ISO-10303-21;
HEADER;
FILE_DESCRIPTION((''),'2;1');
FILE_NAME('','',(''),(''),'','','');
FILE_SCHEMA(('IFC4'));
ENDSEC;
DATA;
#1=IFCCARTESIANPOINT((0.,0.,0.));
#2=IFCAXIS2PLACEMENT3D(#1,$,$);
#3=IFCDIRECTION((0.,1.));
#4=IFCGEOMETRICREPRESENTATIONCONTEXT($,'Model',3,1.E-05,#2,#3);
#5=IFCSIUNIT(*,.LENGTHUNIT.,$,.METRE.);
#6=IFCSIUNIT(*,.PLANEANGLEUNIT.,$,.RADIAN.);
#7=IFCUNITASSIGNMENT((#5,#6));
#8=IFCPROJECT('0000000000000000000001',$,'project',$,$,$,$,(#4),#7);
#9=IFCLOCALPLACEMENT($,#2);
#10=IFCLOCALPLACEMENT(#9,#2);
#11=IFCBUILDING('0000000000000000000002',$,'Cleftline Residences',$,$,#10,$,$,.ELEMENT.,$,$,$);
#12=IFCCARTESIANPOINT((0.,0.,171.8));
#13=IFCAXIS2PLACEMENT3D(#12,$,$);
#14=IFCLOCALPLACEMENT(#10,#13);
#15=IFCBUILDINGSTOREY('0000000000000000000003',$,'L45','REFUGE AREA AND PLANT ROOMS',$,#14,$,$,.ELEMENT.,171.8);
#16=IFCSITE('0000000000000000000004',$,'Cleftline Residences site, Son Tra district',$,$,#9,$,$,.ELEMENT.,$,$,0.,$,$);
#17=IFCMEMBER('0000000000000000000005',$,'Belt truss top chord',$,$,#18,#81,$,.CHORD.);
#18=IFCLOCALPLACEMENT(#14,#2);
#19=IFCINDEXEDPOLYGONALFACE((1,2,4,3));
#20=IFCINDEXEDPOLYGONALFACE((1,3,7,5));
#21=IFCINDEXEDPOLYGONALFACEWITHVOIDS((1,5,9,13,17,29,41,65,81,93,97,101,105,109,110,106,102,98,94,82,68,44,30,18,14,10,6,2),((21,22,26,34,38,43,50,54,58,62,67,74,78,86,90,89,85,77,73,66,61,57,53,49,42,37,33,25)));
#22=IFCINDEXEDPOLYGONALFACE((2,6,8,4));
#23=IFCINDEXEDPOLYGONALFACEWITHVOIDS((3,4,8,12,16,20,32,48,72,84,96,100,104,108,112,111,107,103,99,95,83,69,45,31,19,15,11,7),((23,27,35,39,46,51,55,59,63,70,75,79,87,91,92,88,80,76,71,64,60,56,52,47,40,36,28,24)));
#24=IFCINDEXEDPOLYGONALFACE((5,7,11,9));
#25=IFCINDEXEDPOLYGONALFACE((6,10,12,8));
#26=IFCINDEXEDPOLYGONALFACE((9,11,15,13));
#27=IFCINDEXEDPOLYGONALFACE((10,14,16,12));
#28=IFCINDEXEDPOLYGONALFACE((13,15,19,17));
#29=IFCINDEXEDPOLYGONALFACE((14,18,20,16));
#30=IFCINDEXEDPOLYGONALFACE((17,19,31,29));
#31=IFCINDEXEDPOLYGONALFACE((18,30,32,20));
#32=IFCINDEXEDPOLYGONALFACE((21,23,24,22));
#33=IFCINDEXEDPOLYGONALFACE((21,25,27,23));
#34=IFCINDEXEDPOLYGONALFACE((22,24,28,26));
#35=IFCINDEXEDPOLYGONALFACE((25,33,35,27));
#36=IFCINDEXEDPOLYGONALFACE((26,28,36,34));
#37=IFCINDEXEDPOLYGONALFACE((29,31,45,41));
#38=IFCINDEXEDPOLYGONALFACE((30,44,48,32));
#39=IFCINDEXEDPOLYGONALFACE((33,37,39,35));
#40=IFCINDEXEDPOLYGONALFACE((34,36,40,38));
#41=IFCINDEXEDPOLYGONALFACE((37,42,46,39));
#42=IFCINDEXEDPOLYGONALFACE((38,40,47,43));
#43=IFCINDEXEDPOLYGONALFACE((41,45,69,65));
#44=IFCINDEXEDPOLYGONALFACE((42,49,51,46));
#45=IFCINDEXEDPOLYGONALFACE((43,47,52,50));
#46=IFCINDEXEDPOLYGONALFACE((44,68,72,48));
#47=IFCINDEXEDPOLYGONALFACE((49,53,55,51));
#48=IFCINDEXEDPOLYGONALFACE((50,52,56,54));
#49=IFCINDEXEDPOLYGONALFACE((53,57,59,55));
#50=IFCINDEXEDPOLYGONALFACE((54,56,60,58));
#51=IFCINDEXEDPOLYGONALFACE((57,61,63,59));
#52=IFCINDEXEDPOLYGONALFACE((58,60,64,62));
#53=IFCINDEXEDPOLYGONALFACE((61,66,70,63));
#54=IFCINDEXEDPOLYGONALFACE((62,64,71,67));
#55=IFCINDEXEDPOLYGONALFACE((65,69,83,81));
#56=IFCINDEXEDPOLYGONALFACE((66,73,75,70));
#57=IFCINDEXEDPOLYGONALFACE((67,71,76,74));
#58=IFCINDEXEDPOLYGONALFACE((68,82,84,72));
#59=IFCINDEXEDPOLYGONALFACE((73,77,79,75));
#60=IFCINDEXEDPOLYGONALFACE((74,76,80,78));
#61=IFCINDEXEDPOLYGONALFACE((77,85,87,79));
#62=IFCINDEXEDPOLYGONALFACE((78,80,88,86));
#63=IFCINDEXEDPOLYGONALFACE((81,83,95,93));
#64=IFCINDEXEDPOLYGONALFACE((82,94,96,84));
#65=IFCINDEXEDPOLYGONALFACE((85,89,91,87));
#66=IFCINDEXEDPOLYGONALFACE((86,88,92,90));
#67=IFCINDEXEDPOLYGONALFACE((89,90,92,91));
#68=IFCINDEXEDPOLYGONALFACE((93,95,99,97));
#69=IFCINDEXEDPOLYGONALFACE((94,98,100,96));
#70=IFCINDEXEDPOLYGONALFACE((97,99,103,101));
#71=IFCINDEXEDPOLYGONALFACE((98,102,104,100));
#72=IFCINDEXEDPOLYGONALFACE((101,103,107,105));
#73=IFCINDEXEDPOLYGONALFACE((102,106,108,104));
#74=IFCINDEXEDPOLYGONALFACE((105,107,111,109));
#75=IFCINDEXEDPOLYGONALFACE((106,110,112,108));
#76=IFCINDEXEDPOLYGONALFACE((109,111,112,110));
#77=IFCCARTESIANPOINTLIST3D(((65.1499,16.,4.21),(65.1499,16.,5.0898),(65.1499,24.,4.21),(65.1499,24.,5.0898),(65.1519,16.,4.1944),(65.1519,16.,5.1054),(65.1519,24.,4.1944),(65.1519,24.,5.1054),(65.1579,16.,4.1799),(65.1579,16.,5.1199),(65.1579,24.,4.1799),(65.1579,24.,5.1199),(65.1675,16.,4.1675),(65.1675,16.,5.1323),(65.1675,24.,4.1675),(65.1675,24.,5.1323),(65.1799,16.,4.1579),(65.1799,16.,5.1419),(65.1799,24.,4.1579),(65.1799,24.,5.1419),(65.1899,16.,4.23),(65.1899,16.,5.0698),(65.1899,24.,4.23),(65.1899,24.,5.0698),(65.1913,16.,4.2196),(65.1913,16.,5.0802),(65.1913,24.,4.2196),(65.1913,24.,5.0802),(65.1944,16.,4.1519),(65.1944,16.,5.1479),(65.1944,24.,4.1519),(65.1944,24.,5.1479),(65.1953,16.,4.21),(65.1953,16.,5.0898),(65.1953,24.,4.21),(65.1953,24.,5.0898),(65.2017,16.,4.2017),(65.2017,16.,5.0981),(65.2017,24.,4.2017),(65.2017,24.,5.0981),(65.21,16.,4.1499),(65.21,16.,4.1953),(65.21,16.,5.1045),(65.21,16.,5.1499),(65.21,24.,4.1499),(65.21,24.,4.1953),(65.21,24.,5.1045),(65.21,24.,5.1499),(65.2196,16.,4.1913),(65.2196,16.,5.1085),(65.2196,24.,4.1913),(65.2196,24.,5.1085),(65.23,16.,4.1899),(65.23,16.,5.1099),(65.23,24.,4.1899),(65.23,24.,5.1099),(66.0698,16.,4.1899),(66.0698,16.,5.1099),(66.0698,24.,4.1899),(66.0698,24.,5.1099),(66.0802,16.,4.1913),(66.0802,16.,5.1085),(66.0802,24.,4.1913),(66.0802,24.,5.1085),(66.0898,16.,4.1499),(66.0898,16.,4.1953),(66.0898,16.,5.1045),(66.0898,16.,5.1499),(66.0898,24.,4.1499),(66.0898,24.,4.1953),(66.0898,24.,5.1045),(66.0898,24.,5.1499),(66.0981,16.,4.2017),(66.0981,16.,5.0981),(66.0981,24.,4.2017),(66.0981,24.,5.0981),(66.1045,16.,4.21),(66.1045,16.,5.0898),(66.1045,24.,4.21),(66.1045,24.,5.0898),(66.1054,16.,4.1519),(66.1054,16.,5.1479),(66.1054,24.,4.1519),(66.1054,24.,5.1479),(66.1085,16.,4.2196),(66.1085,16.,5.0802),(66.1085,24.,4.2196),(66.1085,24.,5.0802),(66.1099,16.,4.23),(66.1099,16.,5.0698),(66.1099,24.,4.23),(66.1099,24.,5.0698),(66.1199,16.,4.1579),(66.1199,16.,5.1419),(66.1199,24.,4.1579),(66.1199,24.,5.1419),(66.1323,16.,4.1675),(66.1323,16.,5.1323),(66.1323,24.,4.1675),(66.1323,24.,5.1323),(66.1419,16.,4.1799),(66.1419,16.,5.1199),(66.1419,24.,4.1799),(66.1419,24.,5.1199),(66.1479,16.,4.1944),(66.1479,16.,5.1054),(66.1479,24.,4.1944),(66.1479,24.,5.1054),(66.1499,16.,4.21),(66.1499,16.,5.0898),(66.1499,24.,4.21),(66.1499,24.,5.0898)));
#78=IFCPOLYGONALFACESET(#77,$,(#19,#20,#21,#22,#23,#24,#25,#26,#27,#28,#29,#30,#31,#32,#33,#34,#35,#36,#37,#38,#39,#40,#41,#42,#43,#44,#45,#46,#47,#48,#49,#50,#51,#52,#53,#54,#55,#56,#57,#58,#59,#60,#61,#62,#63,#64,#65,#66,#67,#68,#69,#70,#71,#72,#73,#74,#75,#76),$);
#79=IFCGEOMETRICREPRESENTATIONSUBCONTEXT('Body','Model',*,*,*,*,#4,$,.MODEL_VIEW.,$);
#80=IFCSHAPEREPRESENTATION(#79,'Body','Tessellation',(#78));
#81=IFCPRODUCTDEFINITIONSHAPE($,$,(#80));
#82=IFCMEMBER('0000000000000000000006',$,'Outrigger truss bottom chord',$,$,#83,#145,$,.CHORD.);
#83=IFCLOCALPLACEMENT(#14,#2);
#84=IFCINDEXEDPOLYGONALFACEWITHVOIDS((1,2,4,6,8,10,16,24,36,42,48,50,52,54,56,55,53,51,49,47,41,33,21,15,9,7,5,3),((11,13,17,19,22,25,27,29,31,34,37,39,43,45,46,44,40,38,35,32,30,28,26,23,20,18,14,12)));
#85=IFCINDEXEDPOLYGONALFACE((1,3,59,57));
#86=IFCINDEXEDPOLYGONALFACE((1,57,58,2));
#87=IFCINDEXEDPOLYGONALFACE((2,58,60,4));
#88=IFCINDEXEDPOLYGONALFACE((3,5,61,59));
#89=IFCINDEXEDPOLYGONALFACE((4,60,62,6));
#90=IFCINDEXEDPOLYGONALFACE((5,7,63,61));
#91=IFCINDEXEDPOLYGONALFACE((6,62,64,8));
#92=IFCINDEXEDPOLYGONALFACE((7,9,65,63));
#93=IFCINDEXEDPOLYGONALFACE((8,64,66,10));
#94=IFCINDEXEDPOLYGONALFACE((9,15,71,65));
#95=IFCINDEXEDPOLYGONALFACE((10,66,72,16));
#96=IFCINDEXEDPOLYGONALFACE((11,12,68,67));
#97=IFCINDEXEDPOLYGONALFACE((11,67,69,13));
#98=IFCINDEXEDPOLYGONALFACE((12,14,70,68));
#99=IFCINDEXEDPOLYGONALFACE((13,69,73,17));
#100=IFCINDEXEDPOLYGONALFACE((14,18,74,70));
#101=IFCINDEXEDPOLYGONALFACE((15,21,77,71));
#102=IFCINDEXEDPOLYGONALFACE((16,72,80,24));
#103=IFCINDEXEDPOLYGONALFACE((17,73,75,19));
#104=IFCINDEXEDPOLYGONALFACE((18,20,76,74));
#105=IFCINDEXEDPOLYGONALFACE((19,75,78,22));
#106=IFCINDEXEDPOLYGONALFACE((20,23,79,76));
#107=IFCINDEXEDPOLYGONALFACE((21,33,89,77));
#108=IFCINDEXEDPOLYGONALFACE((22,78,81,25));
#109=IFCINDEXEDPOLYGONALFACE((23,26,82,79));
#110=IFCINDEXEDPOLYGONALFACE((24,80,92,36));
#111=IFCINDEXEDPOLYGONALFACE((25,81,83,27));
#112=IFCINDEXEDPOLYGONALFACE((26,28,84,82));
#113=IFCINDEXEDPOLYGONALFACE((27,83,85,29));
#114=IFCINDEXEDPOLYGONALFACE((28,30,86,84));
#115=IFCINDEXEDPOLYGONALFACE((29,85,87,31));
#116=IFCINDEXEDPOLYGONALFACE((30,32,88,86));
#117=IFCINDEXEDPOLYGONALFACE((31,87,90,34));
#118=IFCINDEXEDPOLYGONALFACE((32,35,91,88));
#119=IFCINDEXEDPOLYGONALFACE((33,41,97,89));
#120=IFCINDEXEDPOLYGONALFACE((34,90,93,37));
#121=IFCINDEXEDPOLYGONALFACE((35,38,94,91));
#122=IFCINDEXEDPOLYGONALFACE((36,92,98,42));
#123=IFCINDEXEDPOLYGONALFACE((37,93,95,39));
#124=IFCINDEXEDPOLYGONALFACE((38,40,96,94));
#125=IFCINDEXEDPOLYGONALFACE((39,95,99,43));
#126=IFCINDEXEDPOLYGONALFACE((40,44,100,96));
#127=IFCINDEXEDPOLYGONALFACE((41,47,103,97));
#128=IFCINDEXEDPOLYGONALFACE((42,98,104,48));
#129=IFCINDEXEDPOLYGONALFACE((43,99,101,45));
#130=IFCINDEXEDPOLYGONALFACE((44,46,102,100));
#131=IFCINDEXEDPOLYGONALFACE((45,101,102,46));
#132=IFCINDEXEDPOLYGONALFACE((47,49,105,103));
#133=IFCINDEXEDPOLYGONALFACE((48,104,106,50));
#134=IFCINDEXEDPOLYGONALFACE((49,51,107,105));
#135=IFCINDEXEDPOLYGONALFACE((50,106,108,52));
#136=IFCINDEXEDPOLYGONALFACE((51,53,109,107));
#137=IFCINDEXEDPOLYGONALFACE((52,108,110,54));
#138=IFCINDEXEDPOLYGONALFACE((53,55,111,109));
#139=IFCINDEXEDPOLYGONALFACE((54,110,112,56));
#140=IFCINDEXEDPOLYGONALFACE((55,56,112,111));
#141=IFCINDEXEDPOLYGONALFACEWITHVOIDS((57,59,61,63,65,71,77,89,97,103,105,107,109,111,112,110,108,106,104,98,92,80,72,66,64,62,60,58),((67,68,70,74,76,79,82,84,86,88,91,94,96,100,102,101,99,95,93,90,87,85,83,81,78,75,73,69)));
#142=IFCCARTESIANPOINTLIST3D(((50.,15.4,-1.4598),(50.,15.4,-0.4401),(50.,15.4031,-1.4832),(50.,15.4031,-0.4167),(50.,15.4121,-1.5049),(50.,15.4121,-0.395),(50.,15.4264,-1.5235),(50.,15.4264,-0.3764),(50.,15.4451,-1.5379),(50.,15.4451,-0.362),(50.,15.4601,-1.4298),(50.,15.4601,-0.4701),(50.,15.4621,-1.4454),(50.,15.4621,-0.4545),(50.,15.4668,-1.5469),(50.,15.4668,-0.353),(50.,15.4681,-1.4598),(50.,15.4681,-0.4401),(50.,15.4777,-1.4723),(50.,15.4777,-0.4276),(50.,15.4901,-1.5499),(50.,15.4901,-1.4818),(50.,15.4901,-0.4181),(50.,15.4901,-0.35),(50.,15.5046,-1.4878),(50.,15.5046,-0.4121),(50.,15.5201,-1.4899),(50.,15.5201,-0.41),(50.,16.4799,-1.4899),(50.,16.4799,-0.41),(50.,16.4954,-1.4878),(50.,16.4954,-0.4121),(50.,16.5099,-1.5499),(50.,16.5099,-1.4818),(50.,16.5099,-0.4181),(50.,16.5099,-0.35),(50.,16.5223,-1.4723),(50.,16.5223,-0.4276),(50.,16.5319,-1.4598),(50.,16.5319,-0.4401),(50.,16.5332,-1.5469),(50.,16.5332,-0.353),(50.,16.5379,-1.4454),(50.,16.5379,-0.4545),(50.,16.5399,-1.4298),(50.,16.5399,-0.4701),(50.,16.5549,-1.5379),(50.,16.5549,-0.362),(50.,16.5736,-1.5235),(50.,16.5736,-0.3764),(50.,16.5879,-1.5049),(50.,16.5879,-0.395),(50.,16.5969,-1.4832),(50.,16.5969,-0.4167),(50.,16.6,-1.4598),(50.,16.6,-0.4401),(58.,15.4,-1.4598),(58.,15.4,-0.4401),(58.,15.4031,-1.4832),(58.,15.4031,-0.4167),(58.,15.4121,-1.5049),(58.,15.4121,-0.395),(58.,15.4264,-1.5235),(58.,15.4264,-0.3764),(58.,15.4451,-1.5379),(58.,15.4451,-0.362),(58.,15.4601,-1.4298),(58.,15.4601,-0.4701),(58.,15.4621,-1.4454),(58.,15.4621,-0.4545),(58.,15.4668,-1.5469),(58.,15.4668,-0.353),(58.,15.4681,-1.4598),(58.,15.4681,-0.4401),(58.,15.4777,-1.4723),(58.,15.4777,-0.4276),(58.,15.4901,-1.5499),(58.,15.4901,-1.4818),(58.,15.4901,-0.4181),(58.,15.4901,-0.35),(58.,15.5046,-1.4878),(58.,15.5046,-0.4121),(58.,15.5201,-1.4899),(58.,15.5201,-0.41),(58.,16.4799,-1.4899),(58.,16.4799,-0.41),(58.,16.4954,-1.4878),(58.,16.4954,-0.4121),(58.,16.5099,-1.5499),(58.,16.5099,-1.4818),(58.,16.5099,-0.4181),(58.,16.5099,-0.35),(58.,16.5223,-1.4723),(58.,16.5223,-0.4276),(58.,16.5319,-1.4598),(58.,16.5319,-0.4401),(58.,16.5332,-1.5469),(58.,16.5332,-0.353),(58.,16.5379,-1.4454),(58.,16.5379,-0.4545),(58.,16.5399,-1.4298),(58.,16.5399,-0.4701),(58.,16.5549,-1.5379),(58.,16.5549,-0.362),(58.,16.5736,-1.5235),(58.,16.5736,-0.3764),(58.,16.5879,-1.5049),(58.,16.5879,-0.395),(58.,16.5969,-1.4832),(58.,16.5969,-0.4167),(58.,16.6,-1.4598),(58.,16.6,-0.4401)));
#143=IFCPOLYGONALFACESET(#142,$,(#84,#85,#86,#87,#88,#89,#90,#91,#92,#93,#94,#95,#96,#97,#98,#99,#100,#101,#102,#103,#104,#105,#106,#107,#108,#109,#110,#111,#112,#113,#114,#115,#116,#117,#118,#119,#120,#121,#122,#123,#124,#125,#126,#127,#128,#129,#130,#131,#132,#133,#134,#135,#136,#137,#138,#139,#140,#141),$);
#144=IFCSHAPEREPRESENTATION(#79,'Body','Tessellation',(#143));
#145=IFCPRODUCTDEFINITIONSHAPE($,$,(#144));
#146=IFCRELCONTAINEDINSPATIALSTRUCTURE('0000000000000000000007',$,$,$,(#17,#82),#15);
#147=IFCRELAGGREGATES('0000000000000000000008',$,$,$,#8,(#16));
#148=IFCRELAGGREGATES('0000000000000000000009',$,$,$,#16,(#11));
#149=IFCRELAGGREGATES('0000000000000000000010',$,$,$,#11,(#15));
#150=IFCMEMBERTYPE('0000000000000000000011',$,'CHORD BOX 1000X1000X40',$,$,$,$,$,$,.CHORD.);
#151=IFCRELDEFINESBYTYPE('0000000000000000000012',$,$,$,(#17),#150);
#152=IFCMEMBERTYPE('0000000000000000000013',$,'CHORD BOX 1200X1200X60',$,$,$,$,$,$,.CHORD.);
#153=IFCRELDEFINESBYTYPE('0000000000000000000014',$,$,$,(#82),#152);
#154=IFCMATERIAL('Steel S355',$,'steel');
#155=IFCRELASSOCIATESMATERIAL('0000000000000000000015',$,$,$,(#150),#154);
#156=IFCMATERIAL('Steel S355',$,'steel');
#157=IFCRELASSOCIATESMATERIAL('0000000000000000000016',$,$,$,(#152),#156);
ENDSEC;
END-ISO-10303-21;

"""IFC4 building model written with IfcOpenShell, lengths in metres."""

from ifc_helpers import new_model, si_unit, direction, frame, origin, origin_2d, place, context, subcontext, project, spatial, hollow_rectangle, extrude, material, material_profile, profile_set, type_object, element, save


model = new_model("IFC4")

# Units and contexts
model_context = context("Model", 3, precision=1e-05, world=origin(), true_north=direction((0.0, 1.0)))
body_context = subcontext(model_context, "Body", "Model", "MODEL_VIEW")
ifc_project = project(units=[si_unit("LENGTHUNIT", "METRE"), si_unit("PLANEANGLEUNIT", "RADIAN")], contexts=[model_context])

# Site, building, storey
site_placement = place(None, origin())
site = spatial("IfcSite", under=ifc_project, at=site_placement, Name="Cleftline Residences site, Son Tra district", CompositionType="ELEMENT", RefElevation=0.0)
building_placement = place(site_placement, origin())
building = spatial("IfcBuilding", under=site, at=building_placement, Name="Cleftline Residences", CompositionType="ELEMENT")
storey_placement = place(building_placement, frame((0.0, 0.0, 171.8)))
storey = spatial("IfcBuildingStorey", under=building, at=storey_placement, Name="L45", Description="REFUGE AREA AND PLANT ROOMS", CompositionType="ELEMENT", Elevation=171.8)

# Members
ifc_material_1 = material(Name="Steel S355", Category="steel")
ifc_material_profile_1 = material_profile(ifc_material_1, hollow_rectangle(XDim=1.0, YDim=1.0, WallThickness=0.04, InnerFilletRadius=0.04, OuterFilletRadius=0.0601, at=origin_2d()))
ifc_profile_set_1 = profile_set([ifc_material_profile_1], Name="Steel S355")
member_type_1 = type_object("IfcMemberType", Name="CHORD BOX 1000X1000X40", PredefinedType="CHORD", material=ifc_profile_set_1)
for number, where, z_axis, x_axis, name in (
    (1, (65.6499, 16.0, 4.6499), (0.0, 1.0, 0.0), (-1.0, 0.0, 0.0), "Belt truss top chord"),
):
    element("IfcMember", number, at=place(storey_placement, frame(where, z_axis=z_axis, x_axis=x_axis)), inside=storey, type_object=member_type_1, Name=name, PredefinedType="CHORD", context=body_context, shape_type="SweptSolid", body=[
        extrude(hollow_rectangle(XDim=1.0, YDim=1.0, WallThickness=0.04, InnerFilletRadius=0.04, OuterFilletRadius=0.0601, at=origin_2d()), origin(), (0.0, 0.0, 1.0), 8.0),
    ])
ifc_material_2 = material(Name="Steel S355", Category="steel")
ifc_material_profile_2 = material_profile(ifc_material_2, hollow_rectangle(XDim=1.2, YDim=1.2, WallThickness=0.0601, InnerFilletRadius=0.0601, OuterFilletRadius=0.0901, at=origin_2d()))
ifc_profile_set_2 = profile_set([ifc_material_profile_2], Name="Steel S355")
member_type_2 = type_object("IfcMemberType", Name="CHORD BOX 1200X1200X60", PredefinedType="CHORD", material=ifc_profile_set_2)
for number, where, z_axis, x_axis, name in (
    (2, (50.0, 16.0, -0.95), (1.0, 0.0, 0.0), (0.0, 1.0, 0.0), "Outrigger truss bottom chord"),
):
    element("IfcMember", number, at=place(storey_placement, frame(where, z_axis=z_axis, x_axis=x_axis)), inside=storey, type_object=member_type_2, Name=name, PredefinedType="CHORD", context=body_context, shape_type="SweptSolid", body=[
        extrude(hollow_rectangle(XDim=1.2, YDim=1.2, WallThickness=0.0601, InnerFilletRadius=0.0601, OuterFilletRadius=0.0901, at=origin_2d()), origin(), (0.0, 0.0, 1.0), 8.0),
    ])

save(model, "model.ifc")
